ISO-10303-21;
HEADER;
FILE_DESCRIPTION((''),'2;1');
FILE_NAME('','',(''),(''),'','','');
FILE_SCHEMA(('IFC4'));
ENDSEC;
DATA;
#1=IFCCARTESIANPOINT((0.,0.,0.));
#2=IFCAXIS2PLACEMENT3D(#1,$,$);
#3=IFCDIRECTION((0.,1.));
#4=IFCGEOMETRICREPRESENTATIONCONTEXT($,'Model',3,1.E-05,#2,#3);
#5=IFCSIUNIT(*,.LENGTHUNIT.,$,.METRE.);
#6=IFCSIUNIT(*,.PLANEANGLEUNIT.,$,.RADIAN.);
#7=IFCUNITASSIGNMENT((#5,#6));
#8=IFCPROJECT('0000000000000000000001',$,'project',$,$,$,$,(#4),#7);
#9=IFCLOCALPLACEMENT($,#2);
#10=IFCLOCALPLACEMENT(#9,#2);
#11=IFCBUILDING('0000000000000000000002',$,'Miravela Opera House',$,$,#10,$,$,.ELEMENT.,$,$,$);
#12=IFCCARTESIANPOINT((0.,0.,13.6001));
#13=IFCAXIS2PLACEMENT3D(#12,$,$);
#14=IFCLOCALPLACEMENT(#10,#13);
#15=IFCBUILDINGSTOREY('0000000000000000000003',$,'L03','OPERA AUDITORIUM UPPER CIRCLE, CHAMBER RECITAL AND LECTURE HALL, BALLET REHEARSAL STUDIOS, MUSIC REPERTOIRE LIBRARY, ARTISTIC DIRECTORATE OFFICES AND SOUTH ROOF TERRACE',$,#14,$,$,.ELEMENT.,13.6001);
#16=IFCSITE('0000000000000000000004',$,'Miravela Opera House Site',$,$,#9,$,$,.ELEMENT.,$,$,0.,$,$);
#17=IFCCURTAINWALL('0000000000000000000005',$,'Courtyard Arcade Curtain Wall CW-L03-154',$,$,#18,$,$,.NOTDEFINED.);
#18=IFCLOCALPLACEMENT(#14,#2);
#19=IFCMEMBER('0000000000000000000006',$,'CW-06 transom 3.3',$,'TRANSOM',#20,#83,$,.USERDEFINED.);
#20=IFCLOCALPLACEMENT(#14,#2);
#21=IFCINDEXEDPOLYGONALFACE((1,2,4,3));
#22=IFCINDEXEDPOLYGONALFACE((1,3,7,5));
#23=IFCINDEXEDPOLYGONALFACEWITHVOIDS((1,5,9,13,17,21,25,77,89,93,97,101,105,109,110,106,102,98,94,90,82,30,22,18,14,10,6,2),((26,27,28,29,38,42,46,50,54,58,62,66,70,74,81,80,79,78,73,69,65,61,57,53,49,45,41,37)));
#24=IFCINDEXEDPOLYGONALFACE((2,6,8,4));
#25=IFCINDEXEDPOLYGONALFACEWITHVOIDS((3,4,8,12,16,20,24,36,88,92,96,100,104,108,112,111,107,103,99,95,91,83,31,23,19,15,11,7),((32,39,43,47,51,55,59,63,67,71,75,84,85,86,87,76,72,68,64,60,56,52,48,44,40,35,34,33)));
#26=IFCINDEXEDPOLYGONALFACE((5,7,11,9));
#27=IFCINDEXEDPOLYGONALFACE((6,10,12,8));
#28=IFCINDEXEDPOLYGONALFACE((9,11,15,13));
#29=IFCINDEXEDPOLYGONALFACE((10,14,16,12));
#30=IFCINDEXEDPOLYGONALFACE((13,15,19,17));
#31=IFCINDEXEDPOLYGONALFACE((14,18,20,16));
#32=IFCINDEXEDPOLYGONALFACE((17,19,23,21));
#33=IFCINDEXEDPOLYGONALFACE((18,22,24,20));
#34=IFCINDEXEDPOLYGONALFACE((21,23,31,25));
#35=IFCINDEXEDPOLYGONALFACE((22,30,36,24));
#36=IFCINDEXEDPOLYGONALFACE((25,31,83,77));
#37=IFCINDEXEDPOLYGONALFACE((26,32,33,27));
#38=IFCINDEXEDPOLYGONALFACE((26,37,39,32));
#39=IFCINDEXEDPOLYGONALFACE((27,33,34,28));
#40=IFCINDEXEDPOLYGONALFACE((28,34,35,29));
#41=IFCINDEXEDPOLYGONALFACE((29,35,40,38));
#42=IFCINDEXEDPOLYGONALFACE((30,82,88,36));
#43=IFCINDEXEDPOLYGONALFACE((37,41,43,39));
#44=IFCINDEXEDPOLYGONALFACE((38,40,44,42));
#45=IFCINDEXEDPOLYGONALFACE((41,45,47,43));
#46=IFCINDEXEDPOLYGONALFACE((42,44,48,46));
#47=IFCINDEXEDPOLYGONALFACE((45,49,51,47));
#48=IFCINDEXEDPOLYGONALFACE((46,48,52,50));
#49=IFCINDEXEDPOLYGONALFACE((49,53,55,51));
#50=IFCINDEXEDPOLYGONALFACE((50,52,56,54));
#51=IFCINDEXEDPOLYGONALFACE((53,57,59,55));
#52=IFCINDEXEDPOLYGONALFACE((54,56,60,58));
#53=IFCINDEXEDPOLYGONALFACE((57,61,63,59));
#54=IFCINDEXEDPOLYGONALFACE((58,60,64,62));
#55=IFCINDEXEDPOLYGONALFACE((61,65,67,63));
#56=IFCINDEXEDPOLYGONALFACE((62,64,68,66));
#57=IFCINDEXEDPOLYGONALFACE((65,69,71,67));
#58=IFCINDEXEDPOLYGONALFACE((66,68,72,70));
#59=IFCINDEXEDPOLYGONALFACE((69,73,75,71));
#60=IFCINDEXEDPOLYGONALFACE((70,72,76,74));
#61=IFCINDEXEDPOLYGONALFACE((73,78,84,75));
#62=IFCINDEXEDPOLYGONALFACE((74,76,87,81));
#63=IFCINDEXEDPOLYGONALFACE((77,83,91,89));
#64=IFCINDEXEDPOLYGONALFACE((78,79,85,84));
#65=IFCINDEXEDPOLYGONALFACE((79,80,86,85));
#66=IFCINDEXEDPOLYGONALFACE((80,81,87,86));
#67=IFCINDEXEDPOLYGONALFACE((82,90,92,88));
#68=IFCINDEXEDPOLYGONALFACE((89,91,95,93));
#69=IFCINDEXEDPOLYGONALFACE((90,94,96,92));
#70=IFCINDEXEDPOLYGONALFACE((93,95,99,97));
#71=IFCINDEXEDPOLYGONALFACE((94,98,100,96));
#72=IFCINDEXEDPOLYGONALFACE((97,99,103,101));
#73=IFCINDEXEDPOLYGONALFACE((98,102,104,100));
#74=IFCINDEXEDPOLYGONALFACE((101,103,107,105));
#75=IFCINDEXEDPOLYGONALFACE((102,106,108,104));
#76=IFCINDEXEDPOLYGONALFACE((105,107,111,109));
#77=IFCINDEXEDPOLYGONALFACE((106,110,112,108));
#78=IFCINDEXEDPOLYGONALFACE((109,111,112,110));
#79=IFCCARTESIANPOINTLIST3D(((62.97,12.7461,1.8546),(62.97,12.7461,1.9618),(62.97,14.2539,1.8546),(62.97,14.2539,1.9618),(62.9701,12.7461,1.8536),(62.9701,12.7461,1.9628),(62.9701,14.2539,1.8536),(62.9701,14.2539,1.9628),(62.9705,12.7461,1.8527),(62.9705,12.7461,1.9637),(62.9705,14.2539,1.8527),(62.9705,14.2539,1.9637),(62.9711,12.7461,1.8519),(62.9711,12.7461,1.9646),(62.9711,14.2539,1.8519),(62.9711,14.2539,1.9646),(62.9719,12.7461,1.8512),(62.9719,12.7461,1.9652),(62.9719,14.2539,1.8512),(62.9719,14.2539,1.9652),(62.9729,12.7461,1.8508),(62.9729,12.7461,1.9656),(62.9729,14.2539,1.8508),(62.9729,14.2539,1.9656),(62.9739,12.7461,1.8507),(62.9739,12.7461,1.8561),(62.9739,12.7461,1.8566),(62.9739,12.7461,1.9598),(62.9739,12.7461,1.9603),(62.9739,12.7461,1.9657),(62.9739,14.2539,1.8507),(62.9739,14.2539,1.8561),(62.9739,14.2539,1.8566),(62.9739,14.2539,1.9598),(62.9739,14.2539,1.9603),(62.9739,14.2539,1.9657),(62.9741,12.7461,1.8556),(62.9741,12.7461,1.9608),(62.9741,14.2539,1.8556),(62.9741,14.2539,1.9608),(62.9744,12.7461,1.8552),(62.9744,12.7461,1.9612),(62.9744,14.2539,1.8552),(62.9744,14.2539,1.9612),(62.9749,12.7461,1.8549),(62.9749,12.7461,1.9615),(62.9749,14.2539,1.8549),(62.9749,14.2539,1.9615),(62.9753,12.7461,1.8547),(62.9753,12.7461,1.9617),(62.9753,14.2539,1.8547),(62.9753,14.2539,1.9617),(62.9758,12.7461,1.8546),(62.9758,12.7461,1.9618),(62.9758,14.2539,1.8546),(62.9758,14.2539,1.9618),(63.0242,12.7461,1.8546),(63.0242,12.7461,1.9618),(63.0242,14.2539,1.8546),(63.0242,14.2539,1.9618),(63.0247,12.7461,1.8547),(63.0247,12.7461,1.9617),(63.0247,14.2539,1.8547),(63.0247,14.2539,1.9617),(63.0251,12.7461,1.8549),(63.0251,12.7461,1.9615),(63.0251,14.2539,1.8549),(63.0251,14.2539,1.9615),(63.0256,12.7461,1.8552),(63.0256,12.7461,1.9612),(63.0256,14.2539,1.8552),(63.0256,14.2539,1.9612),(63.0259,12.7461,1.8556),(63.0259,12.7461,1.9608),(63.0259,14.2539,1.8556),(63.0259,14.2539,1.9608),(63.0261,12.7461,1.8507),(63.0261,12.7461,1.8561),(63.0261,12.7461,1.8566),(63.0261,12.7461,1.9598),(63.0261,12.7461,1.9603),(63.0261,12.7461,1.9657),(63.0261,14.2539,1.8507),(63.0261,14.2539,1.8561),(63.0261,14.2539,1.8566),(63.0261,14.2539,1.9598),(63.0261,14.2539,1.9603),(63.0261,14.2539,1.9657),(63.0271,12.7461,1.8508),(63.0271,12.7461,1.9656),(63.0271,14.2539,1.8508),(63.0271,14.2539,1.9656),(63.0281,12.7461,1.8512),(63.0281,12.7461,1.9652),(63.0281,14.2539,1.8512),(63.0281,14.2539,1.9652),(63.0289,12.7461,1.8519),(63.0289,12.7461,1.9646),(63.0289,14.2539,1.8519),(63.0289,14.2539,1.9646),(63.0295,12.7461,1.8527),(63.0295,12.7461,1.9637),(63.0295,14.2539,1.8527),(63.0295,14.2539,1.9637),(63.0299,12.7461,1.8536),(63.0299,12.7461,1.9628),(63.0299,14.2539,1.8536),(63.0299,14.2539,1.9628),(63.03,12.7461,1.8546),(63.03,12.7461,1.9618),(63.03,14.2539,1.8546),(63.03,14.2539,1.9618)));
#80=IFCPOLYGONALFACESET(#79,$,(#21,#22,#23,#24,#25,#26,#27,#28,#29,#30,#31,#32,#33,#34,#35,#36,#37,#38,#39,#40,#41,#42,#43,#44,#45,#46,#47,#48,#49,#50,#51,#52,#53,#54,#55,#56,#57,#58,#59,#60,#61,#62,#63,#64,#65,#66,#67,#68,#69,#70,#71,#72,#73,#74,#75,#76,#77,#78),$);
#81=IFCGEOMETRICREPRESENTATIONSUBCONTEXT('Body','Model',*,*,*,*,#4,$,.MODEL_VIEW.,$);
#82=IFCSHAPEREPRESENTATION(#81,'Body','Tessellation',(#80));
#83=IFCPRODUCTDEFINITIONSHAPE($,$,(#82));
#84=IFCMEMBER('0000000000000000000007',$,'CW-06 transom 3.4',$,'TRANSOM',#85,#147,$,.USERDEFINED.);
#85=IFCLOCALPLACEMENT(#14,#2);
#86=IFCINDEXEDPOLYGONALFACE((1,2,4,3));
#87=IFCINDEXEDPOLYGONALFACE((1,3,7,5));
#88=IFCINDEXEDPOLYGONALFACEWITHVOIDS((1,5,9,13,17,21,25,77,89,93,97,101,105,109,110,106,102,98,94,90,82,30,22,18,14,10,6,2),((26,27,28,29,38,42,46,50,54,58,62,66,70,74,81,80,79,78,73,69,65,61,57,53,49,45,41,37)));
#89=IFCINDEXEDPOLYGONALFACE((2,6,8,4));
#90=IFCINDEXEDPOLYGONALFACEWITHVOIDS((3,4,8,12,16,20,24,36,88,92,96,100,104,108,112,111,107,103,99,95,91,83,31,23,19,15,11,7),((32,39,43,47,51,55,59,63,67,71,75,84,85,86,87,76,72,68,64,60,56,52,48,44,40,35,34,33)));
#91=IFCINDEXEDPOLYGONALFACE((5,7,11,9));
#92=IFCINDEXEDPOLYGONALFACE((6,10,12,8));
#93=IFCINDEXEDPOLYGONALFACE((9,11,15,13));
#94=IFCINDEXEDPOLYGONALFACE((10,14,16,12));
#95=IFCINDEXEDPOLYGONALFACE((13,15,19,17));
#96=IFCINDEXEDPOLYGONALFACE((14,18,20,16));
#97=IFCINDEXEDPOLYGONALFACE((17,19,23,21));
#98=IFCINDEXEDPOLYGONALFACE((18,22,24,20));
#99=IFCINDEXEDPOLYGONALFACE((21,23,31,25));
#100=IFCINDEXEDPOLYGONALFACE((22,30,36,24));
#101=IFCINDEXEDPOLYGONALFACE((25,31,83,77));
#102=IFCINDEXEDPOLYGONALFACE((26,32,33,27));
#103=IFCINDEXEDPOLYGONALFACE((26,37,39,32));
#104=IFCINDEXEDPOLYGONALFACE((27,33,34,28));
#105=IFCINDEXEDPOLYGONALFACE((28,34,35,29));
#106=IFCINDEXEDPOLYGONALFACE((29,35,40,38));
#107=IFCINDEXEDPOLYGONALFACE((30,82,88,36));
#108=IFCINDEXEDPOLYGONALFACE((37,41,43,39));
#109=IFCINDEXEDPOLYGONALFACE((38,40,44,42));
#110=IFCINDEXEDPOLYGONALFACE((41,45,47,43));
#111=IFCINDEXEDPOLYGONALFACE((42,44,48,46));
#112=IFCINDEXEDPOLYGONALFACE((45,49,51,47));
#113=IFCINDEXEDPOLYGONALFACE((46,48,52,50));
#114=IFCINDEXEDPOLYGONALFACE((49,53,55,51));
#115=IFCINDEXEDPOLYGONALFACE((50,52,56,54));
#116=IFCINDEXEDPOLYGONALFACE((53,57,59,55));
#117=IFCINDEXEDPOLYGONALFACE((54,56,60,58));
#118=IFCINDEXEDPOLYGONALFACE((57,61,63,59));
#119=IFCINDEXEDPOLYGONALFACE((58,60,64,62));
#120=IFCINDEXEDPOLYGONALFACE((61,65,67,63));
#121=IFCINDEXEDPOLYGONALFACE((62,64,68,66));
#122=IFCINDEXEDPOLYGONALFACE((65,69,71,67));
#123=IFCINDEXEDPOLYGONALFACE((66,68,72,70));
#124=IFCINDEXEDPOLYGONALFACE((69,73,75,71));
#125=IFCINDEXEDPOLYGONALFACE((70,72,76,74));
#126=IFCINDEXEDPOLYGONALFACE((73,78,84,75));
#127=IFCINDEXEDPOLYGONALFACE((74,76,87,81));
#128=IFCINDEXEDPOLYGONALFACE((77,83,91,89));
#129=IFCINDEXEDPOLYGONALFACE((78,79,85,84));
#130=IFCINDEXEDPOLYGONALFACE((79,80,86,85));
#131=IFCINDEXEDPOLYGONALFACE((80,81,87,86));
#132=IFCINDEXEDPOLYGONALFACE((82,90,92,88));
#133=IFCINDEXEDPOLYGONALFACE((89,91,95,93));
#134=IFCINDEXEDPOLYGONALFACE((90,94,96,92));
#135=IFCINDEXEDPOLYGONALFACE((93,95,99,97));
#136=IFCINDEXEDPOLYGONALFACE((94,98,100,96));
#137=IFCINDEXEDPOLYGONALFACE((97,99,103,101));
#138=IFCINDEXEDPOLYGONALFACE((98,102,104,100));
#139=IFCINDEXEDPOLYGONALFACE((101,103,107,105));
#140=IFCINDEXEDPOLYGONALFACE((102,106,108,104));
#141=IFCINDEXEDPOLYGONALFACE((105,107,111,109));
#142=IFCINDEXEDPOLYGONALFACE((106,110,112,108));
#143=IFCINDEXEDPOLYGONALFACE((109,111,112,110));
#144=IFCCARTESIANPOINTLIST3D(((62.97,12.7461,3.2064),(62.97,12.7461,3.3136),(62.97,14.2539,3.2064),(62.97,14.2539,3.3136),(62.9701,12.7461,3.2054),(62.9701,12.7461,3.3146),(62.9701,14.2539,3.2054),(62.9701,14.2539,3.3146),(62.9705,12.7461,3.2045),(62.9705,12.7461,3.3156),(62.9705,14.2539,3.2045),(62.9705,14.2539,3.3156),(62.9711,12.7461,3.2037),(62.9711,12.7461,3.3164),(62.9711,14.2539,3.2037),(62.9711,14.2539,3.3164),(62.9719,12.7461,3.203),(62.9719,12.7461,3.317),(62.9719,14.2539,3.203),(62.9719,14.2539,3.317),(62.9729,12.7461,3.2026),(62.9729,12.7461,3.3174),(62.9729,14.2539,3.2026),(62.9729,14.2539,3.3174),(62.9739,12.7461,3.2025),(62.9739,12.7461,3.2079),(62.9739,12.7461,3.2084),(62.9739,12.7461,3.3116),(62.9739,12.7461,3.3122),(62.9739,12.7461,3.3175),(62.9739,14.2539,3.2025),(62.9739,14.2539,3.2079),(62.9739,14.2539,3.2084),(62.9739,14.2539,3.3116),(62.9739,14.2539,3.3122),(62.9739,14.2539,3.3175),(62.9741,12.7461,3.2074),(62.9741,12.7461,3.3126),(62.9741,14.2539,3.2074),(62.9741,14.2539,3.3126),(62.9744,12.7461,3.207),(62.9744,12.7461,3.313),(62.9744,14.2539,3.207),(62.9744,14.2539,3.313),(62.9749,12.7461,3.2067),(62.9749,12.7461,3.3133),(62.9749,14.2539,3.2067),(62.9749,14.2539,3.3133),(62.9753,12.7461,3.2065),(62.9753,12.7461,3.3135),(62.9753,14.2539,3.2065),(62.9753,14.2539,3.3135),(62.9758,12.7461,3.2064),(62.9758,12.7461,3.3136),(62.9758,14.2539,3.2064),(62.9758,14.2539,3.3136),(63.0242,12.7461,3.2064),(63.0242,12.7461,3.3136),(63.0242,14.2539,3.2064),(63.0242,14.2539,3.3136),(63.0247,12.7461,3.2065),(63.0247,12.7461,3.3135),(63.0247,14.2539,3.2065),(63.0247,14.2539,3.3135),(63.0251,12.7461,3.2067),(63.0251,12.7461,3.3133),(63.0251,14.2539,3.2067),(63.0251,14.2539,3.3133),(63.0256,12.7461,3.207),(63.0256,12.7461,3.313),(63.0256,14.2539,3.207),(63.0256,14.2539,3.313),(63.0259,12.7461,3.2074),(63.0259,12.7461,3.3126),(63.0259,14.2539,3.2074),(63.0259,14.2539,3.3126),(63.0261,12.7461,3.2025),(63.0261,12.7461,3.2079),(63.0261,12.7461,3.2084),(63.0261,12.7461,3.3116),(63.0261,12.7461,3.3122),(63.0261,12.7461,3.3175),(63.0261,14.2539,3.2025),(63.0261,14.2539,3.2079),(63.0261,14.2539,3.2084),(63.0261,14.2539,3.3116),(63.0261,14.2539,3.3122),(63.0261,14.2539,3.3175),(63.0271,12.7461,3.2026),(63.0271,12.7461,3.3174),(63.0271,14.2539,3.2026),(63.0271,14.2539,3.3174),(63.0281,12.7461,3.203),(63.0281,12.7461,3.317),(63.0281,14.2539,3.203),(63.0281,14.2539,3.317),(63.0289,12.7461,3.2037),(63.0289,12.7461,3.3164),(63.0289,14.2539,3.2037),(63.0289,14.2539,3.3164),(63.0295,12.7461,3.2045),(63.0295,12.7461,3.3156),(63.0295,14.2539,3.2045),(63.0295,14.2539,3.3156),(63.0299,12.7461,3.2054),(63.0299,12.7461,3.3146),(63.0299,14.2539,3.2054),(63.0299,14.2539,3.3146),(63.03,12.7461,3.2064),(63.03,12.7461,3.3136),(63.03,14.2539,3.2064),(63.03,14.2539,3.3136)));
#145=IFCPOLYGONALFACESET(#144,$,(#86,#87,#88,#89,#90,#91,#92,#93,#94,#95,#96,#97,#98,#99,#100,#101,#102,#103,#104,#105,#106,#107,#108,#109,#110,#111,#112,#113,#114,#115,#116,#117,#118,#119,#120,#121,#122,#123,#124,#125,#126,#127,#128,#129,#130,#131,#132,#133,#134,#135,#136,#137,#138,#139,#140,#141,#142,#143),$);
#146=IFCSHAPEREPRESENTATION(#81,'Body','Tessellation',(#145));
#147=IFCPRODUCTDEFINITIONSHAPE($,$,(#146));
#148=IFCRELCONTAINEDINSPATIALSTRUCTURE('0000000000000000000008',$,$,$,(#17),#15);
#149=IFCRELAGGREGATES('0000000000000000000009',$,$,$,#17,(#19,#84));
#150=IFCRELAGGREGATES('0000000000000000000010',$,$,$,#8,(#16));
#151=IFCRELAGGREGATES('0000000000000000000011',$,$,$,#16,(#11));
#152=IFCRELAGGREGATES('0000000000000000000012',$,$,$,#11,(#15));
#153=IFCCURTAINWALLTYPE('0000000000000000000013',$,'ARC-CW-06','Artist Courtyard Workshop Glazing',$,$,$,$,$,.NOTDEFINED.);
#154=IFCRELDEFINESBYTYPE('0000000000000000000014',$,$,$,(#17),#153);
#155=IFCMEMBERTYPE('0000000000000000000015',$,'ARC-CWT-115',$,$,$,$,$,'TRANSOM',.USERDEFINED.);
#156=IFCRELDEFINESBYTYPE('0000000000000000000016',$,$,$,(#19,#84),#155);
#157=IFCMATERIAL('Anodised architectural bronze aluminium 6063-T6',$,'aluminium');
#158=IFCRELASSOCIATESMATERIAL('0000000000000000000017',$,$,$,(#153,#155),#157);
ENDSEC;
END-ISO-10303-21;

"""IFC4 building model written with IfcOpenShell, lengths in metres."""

from ifc_helpers import new_model, si_unit, direction, frame, origin, origin_2d, place, context, subcontext, project, spatial, hollow_rectangle, extrude, material, material_profile, profile_set, type_object, element, aggregate, save


model = new_model("IFC4")

# Units and contexts
model_context = context("Model", 3, precision=1e-05, world=origin(), true_north=direction((0.0, 1.0)))
body_context = subcontext(model_context, "Body", "Model", "MODEL_VIEW")
ifc_project = project(units=[si_unit("LENGTHUNIT", "METRE"), si_unit("PLANEANGLEUNIT", "RADIAN")], contexts=[model_context])

# Site, building, storey
site_placement = place(None, origin())
site = spatial("IfcSite", under=ifc_project, at=site_placement, Name="Miravela Opera House Site", CompositionType="ELEMENT", RefElevation=0.0)
building_placement = place(site_placement, origin())
building = spatial("IfcBuilding", under=site, at=building_placement, Name="Miravela Opera House", CompositionType="ELEMENT")
storey_placement = place(building_placement, frame((0.0, 0.0, 13.6001)))
storey = spatial("IfcBuildingStorey", under=building, at=storey_placement, Name="L03", Description="OPERA AUDITORIUM UPPER CIRCLE, CHAMBER RECITAL AND LECTURE HALL, BALLET REHEARSAL STUDIOS, MUSIC REPERTOIRE LIBRARY, ARTISTIC DIRECTORATE OFFICES AND SOUTH ROOF TERRACE", CompositionType="ELEMENT", Elevation=13.6001)

# Curtain wall, members
ifc_material_1 = material(Name="Anodised architectural bronze aluminium 6063-T6", Category="aluminium")
curtain_wall_type = type_object("IfcCurtainWallType", Name="ARC-CW-06", Description="Artist Courtyard Workshop Glazing", PredefinedType="NOTDEFINED", material=ifc_material_1)
curtain_wall_placement = place(storey_placement, origin())
curtain_wall = element("IfcCurtainWall", 1, at=curtain_wall_placement, inside=storey, type_object=curtain_wall_type, Name="Courtyard Arcade Curtain Wall CW-L03-154", PredefinedType="NOTDEFINED")
ifc_material_profile_1 = material_profile(ifc_material_1, hollow_rectangle(XDim=0.0601, YDim=0.115, WallThickness=0.0039, InnerFilletRadius=0.002, OuterFilletRadius=0.0039, at=origin_2d()), Name="CWT-60X115")
ifc_profile_set_1 = profile_set([ifc_material_profile_1])
member_type_1 = type_object("IfcMemberType", Name="ARC-CWT-115", ElementType="TRANSOM", PredefinedType="USERDEFINED", material=ifc_profile_set_1)
member_1_placement = place(storey_placement, frame((63.0, 12.7461, 1.9082), z_axis=(0.0, 1.0, 0.0), x_axis=(-1.0, 0.0, 0.0)))
member_1 = element("IfcMember", 2, at=member_1_placement, type_object=member_type_1, Name="CW-06 transom 3.3", ObjectType="TRANSOM", PredefinedType="USERDEFINED", context=body_context, shape_type="SweptSolid", body=[
    extrude(hollow_rectangle(XDim=0.0601, YDim=0.115, WallThickness=0.0039, InnerFilletRadius=0.002, OuterFilletRadius=0.0039, at=origin_2d()), origin(), (0.0, 0.0, 1.0), 1.5078),
])
member_2_placement = place(storey_placement, frame((63.0, 12.7461, 3.26), z_axis=(0.0, 1.0, 0.0), x_axis=(-1.0, 0.0, 0.0)))
member_2 = element("IfcMember", 3, at=member_2_placement, type_object=member_type_1, Name="CW-06 transom 3.4", ObjectType="TRANSOM", PredefinedType="USERDEFINED", context=body_context, shape_type="SweptSolid", body=[
    extrude(hollow_rectangle(XDim=0.0601, YDim=0.115, WallThickness=0.0039, InnerFilletRadius=0.002, OuterFilletRadius=0.0039, at=origin_2d()), origin(), (0.0, 0.0, 1.0), 1.5078),
])

aggregate(curtain_wall, [member_1, member_2])

save(model, "model.ifc")
